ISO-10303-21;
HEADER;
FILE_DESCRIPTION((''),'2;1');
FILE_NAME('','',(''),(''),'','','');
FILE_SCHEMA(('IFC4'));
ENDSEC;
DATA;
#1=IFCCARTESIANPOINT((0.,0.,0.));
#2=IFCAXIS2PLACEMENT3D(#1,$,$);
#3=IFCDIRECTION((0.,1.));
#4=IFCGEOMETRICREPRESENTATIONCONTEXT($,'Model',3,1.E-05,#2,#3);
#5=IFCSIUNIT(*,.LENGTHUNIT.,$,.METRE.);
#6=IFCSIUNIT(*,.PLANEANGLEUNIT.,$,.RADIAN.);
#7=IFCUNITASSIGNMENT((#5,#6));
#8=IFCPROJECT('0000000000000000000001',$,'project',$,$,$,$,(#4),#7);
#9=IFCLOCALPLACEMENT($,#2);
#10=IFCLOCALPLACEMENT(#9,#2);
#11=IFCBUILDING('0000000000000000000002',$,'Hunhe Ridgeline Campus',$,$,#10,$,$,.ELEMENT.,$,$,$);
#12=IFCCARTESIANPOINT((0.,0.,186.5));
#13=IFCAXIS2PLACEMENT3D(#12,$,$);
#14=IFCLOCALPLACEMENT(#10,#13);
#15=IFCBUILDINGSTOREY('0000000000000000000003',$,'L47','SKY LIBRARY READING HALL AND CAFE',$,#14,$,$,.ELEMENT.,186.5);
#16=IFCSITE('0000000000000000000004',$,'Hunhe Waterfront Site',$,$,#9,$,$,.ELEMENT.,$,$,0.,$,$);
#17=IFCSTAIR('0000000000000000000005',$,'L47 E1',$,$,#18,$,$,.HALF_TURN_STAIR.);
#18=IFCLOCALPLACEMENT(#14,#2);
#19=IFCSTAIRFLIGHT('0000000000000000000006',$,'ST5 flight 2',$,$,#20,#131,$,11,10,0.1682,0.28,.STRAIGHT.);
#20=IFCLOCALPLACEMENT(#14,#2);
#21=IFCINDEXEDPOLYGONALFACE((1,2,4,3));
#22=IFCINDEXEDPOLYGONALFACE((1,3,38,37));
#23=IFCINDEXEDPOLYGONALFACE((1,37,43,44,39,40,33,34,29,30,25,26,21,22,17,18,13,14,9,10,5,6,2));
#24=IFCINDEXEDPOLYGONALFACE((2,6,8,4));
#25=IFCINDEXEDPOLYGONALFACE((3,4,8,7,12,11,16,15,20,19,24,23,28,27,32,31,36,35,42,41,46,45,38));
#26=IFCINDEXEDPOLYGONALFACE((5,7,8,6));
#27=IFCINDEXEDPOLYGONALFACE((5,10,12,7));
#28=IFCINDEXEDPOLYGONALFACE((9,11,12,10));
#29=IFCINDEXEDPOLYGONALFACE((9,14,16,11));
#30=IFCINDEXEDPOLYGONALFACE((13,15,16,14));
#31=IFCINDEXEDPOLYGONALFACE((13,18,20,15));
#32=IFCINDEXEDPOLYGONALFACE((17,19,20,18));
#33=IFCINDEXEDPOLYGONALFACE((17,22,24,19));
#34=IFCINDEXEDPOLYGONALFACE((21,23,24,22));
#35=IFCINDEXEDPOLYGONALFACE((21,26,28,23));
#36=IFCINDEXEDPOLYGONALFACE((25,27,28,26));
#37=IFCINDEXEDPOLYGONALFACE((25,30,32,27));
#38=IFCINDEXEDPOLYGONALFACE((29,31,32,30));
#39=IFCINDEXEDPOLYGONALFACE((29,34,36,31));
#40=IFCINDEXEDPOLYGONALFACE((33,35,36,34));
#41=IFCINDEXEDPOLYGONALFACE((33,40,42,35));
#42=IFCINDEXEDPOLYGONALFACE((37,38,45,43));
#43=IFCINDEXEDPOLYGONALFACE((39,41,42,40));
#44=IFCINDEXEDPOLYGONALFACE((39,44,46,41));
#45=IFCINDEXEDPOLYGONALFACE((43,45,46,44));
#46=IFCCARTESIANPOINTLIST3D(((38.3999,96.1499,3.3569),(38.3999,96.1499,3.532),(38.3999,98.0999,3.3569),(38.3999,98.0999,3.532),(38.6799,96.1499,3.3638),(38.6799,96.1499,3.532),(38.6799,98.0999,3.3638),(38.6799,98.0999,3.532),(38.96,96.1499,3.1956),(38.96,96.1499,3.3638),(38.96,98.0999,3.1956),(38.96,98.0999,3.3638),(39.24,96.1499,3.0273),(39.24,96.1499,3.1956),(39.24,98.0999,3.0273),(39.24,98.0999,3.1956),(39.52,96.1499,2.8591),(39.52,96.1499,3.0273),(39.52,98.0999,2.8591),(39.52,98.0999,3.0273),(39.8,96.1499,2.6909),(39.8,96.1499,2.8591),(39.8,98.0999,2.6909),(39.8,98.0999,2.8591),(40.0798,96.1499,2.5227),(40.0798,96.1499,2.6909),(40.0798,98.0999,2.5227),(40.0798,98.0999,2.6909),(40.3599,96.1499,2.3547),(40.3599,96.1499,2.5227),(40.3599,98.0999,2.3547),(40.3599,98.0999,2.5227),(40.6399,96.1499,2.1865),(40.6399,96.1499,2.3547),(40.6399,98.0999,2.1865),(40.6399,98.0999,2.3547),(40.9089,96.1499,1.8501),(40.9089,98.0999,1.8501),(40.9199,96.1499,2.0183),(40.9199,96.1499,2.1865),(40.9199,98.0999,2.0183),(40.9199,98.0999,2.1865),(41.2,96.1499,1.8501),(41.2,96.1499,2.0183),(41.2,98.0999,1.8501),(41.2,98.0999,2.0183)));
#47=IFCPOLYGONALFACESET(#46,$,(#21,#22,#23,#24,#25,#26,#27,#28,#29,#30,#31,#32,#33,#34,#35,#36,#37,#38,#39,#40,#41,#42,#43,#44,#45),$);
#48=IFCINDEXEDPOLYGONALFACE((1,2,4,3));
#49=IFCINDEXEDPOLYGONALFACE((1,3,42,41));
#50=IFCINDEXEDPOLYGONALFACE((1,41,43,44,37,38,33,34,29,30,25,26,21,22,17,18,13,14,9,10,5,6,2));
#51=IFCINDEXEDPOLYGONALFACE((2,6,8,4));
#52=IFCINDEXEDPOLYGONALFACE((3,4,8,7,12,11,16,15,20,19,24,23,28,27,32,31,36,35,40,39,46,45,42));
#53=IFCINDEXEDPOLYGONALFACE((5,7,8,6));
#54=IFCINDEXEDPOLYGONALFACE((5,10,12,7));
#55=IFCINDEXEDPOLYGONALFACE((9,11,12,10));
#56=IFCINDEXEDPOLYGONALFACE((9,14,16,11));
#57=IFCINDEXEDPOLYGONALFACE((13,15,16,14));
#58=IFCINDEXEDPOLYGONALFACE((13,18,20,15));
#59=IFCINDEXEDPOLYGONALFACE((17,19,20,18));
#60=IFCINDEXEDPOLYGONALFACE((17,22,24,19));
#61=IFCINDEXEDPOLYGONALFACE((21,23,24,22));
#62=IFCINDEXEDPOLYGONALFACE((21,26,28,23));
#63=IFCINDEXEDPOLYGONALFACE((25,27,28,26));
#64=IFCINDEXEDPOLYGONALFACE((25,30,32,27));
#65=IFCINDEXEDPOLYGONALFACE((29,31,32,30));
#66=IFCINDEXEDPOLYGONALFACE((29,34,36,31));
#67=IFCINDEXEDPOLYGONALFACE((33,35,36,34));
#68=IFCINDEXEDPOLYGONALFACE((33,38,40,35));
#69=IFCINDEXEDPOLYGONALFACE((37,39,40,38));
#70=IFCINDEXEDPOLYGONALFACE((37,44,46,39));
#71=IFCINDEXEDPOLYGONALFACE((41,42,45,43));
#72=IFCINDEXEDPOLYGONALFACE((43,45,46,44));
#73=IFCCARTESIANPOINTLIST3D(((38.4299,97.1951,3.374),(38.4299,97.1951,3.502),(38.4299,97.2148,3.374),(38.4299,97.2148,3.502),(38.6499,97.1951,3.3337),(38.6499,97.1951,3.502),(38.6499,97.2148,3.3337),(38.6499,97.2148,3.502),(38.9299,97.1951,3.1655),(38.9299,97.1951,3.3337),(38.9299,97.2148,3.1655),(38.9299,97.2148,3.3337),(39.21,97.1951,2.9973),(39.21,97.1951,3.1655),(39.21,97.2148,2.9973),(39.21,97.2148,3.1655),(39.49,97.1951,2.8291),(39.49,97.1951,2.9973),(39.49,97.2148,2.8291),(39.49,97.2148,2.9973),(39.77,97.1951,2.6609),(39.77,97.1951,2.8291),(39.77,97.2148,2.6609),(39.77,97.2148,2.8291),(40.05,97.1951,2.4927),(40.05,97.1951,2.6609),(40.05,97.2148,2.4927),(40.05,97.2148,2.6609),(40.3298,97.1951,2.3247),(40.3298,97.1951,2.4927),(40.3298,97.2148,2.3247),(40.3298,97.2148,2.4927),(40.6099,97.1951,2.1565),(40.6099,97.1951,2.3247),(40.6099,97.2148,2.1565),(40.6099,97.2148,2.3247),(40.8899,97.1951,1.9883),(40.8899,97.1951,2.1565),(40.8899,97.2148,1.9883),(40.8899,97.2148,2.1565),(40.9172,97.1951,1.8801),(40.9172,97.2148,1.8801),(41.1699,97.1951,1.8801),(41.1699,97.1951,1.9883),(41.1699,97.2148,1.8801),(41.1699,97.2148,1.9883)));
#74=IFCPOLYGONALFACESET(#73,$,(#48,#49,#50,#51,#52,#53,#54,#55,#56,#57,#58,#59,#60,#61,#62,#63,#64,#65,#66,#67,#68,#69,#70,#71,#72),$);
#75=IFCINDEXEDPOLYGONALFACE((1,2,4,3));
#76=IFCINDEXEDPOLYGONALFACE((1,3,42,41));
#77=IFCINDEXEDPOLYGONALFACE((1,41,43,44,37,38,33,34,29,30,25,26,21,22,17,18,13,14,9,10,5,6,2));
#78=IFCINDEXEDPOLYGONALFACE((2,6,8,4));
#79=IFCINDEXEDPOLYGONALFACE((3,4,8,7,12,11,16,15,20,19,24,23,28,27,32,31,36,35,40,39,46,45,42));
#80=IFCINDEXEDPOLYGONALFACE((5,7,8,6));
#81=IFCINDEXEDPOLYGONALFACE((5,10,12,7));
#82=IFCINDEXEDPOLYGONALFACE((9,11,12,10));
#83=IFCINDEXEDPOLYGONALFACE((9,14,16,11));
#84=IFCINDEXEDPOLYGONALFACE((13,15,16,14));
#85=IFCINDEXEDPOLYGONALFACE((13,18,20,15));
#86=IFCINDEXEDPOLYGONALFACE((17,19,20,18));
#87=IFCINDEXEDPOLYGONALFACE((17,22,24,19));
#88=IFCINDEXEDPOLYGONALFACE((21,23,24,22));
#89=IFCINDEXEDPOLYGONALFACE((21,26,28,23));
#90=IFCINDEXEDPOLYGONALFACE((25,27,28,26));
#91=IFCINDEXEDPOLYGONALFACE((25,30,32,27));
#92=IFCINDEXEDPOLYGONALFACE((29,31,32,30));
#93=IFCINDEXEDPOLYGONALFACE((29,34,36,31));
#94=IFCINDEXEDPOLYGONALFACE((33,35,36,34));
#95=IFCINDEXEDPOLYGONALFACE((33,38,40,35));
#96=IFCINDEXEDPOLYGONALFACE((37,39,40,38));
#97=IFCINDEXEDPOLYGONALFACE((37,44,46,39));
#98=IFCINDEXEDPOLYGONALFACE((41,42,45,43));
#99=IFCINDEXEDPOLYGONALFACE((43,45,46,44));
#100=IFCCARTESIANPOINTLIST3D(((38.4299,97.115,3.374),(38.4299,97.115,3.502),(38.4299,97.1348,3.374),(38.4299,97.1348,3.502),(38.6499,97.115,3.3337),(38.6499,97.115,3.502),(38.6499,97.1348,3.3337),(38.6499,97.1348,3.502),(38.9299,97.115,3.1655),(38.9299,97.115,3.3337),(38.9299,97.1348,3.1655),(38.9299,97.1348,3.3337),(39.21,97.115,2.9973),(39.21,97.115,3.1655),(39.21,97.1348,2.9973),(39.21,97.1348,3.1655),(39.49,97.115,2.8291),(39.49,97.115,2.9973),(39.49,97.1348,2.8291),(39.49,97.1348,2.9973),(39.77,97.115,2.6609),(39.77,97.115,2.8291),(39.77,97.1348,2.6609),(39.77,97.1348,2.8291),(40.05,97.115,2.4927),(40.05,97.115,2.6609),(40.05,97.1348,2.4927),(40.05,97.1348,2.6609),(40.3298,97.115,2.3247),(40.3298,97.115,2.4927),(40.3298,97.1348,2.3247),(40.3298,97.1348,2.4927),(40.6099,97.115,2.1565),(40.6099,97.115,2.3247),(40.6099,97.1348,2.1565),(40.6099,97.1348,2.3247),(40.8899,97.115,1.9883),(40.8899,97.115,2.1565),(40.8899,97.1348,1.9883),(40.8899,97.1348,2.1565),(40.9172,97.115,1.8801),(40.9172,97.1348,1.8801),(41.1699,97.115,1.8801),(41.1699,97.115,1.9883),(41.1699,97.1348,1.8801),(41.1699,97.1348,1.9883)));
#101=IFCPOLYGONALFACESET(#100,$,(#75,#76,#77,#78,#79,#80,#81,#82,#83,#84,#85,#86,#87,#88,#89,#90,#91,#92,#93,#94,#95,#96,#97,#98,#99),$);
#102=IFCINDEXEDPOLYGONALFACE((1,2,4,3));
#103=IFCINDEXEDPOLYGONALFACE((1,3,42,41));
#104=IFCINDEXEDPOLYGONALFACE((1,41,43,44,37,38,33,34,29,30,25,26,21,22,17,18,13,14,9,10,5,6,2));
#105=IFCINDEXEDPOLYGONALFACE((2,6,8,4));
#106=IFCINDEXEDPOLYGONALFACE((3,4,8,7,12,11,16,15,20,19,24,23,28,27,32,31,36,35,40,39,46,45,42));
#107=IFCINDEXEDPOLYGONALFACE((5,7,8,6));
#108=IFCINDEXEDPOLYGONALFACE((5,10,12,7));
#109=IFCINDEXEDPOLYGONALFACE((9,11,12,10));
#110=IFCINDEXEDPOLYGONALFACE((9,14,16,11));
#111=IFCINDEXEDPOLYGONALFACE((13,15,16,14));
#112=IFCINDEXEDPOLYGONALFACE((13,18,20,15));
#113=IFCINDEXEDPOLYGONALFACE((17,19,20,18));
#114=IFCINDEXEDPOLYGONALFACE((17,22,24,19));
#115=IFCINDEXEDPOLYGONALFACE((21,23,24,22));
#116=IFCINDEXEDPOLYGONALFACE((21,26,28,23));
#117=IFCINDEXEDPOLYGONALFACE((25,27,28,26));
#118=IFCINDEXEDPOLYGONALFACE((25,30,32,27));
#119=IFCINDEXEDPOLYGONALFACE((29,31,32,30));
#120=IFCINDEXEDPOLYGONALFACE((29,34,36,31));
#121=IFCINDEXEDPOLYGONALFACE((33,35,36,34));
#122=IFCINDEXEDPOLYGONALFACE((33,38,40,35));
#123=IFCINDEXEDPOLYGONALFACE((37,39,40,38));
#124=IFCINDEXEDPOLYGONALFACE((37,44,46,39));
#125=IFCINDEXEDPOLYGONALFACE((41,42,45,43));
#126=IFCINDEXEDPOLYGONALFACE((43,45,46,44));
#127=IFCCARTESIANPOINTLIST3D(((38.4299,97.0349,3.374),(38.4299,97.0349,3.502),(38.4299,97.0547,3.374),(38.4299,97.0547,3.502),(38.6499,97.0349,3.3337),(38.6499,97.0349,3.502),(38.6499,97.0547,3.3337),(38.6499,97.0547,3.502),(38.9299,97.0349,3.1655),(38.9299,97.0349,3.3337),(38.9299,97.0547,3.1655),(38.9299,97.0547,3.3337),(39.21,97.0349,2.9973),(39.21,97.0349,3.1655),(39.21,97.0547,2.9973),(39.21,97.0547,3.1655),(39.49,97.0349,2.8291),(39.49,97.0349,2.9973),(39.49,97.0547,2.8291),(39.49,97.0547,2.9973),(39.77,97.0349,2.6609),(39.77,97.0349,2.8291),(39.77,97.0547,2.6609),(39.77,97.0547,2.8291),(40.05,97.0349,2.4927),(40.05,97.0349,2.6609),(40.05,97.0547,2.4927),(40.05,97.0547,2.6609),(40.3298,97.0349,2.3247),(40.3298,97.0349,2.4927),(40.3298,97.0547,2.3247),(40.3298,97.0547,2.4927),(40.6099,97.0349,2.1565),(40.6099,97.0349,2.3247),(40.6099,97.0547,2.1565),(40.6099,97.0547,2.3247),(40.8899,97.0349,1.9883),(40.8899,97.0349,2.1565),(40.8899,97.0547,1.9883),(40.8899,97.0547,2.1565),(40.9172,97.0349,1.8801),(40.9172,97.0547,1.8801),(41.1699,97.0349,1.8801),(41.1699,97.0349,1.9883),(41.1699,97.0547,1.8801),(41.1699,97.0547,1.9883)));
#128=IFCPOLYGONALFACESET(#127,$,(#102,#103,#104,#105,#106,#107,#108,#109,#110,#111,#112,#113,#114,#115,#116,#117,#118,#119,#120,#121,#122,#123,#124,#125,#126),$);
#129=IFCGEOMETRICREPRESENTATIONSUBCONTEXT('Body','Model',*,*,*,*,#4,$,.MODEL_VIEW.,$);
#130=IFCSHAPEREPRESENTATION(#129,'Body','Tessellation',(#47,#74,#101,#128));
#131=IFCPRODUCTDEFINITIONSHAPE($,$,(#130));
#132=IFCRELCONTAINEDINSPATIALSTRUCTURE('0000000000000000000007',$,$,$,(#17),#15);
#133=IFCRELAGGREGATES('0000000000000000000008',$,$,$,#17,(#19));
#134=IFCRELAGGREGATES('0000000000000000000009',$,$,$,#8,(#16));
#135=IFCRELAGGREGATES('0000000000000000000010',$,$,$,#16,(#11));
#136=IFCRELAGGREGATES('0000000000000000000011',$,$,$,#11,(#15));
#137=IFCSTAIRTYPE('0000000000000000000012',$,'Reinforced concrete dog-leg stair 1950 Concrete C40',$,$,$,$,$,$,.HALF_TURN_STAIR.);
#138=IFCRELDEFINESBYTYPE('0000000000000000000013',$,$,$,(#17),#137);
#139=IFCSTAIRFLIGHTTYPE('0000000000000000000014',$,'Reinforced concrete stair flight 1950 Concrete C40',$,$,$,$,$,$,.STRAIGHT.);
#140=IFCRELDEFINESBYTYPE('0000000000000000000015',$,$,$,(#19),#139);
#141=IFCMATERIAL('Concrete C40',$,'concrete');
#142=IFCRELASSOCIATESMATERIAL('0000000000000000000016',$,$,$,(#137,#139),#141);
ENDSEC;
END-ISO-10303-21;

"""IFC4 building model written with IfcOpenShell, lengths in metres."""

from ifc_helpers import new_model, si_unit, direction, frame, origin, place, context, subcontext, project, spatial, polyline, outline, extrude, material, type_object, element, aggregate, save


model = new_model("IFC4")

# Units and contexts
model_context = context("Model", 3, precision=1e-05, world=origin(), true_north=direction((0.0, 1.0)))
body_context = subcontext(model_context, "Body", "Model", "MODEL_VIEW")
ifc_project = project(units=[si_unit("LENGTHUNIT", "METRE"), si_unit("PLANEANGLEUNIT", "RADIAN")], contexts=[model_context])

# Site, building, storey
site_placement = place(None, origin())
site = spatial("IfcSite", under=ifc_project, at=site_placement, Name="Hunhe Waterfront Site", CompositionType="ELEMENT", RefElevation=0.0)
building_placement = place(site_placement, origin())
building = spatial("IfcBuilding", under=site, at=building_placement, Name="Hunhe Ridgeline Campus", CompositionType="ELEMENT")
storey_placement = place(building_placement, frame((0.0, 0.0, 186.5)))
storey = spatial("IfcBuildingStorey", under=building, at=storey_placement, Name="L47", Description="SKY LIBRARY READING HALL AND CAFE", CompositionType="ELEMENT", Elevation=186.5)

# Stair, stair flight
ifc_material_1 = material(Name="Concrete C40", Category="concrete")
stair_type = type_object("IfcStairType", Name="Reinforced concrete dog-leg stair 1950 Concrete C40", PredefinedType="HALF_TURN_STAIR", material=ifc_material_1)
stair_placement = place(storey_placement, origin())
stair = element("IfcStair", 1, at=stair_placement, inside=storey, type_object=stair_type, Name="L47 E1", PredefinedType="HALF_TURN_STAIR")
stair_flight_type = type_object("IfcStairFlightType", Name="Reinforced concrete stair flight 1950 Concrete C40", PredefinedType="STRAIGHT", material=ifc_material_1)
stair_flight_1_placement = place(storey_placement, frame((41.2, 97.125, 1.8501), z_axis=(0.0, 0.0, 1.0), x_axis=(-1.0, 0.0, 0.0)))
stair_flight_1 = element("IfcStairFlight", 2, at=stair_flight_1_placement, type_object=stair_flight_type, Name="ST5 flight 2", NumberOfRisers=11, NumberOfTreads=10, PredefinedType="STRAIGHT", RiserHeight=0.1682, TreadLength=0.28, context=body_context, shape_type="SweptSolid", body=[
    extrude(outline(polyline([(0.0, 0.0), (0.0, 0.1682), (0.28, 0.1682), (0.28, 0.3364), (0.5601, 0.3364), (0.5601, 0.5046), (0.8401, 0.5046), (0.8401, 0.6726), (1.1201, 0.6726), (1.1201, 0.8408), (1.3999, 0.8408), (1.3999, 1.009), (1.6799, 1.009), (1.6799, 1.1772), (1.96, 1.1772), (1.96, 1.3455), (2.24, 1.3455), (2.24, 1.5137), (2.52, 1.5137), (2.52, 1.6819), (2.8, 1.6819), (2.8, 1.8501), (2.8, 1.5068), (0.291, 0.0), (0.0, 0.0)])), frame((0.0, 0.9751, 0.0), z_axis=(0.0, -1.0, 0.0), x_axis=(1.0, 0.0, 0.0)), (0.0, 0.0, 1.0), 1.95),
    extrude(outline(polyline([(0.03, 0.03), (0.03, 0.1382), (0.3101, 0.1382), (0.3101, 0.3064), (0.5901, 0.3064), (0.5901, 0.4746), (0.8701, 0.4746), (0.8701, 0.6426), (1.1499, 0.6426), (1.1499, 0.8108), (1.4299, 0.8108), (1.4299, 0.979), (1.71, 0.979), (1.71, 1.1472), (1.99, 1.1472), (1.99, 1.3154), (2.27, 1.3154), (2.27, 1.4836), (2.55, 1.4836), (2.55, 1.6519), (2.77, 1.6519), (2.77, 1.5239), (0.2827, 0.03), (0.03, 0.03)])), frame((0.0, -0.0701, 0.0), z_axis=(0.0, -1.0, 0.0), x_axis=(1.0, 0.0, 0.0)), (0.0, 0.0, 1.0), 0.0198),
    extrude(outline(polyline([(0.03, 0.03), (0.03, 0.1382), (0.3101, 0.1382), (0.3101, 0.3064), (0.5901, 0.3064), (0.5901, 0.4746), (0.8701, 0.4746), (0.8701, 0.6426), (1.1499, 0.6426), (1.1499, 0.8108), (1.4299, 0.8108), (1.4299, 0.979), (1.71, 0.979), (1.71, 1.1472), (1.99, 1.1472), (1.99, 1.3154), (2.27, 1.3154), (2.27, 1.4836), (2.55, 1.4836), (2.55, 1.6519), (2.77, 1.6519), (2.77, 1.5239), (0.2827, 0.03), (0.03, 0.03)])), frame((0.0, 0.01, 0.0), z_axis=(0.0, -1.0, 0.0), x_axis=(1.0, 0.0, 0.0)), (0.0, 0.0, 1.0), 0.0198),
    extrude(outline(polyline([(0.03, 0.03), (0.03, 0.1382), (0.3101, 0.1382), (0.3101, 0.3064), (0.5901, 0.3064), (0.5901, 0.4746), (0.8701, 0.4746), (0.8701, 0.6426), (1.1499, 0.6426), (1.1499, 0.8108), (1.4299, 0.8108), (1.4299, 0.979), (1.71, 0.979), (1.71, 1.1472), (1.99, 1.1472), (1.99, 1.3154), (2.27, 1.3154), (2.27, 1.4836), (2.55, 1.4836), (2.55, 1.6519), (2.77, 1.6519), (2.77, 1.5239), (0.2827, 0.03), (0.03, 0.03)])), frame((0.0, 0.0901, 0.0), z_axis=(0.0, -1.0, 0.0), x_axis=(1.0, 0.0, 0.0)), (0.0, 0.0, 1.0), 0.0198),
])
aggregate(stair, [stair_flight_1])

save(model, "model.ifc")
